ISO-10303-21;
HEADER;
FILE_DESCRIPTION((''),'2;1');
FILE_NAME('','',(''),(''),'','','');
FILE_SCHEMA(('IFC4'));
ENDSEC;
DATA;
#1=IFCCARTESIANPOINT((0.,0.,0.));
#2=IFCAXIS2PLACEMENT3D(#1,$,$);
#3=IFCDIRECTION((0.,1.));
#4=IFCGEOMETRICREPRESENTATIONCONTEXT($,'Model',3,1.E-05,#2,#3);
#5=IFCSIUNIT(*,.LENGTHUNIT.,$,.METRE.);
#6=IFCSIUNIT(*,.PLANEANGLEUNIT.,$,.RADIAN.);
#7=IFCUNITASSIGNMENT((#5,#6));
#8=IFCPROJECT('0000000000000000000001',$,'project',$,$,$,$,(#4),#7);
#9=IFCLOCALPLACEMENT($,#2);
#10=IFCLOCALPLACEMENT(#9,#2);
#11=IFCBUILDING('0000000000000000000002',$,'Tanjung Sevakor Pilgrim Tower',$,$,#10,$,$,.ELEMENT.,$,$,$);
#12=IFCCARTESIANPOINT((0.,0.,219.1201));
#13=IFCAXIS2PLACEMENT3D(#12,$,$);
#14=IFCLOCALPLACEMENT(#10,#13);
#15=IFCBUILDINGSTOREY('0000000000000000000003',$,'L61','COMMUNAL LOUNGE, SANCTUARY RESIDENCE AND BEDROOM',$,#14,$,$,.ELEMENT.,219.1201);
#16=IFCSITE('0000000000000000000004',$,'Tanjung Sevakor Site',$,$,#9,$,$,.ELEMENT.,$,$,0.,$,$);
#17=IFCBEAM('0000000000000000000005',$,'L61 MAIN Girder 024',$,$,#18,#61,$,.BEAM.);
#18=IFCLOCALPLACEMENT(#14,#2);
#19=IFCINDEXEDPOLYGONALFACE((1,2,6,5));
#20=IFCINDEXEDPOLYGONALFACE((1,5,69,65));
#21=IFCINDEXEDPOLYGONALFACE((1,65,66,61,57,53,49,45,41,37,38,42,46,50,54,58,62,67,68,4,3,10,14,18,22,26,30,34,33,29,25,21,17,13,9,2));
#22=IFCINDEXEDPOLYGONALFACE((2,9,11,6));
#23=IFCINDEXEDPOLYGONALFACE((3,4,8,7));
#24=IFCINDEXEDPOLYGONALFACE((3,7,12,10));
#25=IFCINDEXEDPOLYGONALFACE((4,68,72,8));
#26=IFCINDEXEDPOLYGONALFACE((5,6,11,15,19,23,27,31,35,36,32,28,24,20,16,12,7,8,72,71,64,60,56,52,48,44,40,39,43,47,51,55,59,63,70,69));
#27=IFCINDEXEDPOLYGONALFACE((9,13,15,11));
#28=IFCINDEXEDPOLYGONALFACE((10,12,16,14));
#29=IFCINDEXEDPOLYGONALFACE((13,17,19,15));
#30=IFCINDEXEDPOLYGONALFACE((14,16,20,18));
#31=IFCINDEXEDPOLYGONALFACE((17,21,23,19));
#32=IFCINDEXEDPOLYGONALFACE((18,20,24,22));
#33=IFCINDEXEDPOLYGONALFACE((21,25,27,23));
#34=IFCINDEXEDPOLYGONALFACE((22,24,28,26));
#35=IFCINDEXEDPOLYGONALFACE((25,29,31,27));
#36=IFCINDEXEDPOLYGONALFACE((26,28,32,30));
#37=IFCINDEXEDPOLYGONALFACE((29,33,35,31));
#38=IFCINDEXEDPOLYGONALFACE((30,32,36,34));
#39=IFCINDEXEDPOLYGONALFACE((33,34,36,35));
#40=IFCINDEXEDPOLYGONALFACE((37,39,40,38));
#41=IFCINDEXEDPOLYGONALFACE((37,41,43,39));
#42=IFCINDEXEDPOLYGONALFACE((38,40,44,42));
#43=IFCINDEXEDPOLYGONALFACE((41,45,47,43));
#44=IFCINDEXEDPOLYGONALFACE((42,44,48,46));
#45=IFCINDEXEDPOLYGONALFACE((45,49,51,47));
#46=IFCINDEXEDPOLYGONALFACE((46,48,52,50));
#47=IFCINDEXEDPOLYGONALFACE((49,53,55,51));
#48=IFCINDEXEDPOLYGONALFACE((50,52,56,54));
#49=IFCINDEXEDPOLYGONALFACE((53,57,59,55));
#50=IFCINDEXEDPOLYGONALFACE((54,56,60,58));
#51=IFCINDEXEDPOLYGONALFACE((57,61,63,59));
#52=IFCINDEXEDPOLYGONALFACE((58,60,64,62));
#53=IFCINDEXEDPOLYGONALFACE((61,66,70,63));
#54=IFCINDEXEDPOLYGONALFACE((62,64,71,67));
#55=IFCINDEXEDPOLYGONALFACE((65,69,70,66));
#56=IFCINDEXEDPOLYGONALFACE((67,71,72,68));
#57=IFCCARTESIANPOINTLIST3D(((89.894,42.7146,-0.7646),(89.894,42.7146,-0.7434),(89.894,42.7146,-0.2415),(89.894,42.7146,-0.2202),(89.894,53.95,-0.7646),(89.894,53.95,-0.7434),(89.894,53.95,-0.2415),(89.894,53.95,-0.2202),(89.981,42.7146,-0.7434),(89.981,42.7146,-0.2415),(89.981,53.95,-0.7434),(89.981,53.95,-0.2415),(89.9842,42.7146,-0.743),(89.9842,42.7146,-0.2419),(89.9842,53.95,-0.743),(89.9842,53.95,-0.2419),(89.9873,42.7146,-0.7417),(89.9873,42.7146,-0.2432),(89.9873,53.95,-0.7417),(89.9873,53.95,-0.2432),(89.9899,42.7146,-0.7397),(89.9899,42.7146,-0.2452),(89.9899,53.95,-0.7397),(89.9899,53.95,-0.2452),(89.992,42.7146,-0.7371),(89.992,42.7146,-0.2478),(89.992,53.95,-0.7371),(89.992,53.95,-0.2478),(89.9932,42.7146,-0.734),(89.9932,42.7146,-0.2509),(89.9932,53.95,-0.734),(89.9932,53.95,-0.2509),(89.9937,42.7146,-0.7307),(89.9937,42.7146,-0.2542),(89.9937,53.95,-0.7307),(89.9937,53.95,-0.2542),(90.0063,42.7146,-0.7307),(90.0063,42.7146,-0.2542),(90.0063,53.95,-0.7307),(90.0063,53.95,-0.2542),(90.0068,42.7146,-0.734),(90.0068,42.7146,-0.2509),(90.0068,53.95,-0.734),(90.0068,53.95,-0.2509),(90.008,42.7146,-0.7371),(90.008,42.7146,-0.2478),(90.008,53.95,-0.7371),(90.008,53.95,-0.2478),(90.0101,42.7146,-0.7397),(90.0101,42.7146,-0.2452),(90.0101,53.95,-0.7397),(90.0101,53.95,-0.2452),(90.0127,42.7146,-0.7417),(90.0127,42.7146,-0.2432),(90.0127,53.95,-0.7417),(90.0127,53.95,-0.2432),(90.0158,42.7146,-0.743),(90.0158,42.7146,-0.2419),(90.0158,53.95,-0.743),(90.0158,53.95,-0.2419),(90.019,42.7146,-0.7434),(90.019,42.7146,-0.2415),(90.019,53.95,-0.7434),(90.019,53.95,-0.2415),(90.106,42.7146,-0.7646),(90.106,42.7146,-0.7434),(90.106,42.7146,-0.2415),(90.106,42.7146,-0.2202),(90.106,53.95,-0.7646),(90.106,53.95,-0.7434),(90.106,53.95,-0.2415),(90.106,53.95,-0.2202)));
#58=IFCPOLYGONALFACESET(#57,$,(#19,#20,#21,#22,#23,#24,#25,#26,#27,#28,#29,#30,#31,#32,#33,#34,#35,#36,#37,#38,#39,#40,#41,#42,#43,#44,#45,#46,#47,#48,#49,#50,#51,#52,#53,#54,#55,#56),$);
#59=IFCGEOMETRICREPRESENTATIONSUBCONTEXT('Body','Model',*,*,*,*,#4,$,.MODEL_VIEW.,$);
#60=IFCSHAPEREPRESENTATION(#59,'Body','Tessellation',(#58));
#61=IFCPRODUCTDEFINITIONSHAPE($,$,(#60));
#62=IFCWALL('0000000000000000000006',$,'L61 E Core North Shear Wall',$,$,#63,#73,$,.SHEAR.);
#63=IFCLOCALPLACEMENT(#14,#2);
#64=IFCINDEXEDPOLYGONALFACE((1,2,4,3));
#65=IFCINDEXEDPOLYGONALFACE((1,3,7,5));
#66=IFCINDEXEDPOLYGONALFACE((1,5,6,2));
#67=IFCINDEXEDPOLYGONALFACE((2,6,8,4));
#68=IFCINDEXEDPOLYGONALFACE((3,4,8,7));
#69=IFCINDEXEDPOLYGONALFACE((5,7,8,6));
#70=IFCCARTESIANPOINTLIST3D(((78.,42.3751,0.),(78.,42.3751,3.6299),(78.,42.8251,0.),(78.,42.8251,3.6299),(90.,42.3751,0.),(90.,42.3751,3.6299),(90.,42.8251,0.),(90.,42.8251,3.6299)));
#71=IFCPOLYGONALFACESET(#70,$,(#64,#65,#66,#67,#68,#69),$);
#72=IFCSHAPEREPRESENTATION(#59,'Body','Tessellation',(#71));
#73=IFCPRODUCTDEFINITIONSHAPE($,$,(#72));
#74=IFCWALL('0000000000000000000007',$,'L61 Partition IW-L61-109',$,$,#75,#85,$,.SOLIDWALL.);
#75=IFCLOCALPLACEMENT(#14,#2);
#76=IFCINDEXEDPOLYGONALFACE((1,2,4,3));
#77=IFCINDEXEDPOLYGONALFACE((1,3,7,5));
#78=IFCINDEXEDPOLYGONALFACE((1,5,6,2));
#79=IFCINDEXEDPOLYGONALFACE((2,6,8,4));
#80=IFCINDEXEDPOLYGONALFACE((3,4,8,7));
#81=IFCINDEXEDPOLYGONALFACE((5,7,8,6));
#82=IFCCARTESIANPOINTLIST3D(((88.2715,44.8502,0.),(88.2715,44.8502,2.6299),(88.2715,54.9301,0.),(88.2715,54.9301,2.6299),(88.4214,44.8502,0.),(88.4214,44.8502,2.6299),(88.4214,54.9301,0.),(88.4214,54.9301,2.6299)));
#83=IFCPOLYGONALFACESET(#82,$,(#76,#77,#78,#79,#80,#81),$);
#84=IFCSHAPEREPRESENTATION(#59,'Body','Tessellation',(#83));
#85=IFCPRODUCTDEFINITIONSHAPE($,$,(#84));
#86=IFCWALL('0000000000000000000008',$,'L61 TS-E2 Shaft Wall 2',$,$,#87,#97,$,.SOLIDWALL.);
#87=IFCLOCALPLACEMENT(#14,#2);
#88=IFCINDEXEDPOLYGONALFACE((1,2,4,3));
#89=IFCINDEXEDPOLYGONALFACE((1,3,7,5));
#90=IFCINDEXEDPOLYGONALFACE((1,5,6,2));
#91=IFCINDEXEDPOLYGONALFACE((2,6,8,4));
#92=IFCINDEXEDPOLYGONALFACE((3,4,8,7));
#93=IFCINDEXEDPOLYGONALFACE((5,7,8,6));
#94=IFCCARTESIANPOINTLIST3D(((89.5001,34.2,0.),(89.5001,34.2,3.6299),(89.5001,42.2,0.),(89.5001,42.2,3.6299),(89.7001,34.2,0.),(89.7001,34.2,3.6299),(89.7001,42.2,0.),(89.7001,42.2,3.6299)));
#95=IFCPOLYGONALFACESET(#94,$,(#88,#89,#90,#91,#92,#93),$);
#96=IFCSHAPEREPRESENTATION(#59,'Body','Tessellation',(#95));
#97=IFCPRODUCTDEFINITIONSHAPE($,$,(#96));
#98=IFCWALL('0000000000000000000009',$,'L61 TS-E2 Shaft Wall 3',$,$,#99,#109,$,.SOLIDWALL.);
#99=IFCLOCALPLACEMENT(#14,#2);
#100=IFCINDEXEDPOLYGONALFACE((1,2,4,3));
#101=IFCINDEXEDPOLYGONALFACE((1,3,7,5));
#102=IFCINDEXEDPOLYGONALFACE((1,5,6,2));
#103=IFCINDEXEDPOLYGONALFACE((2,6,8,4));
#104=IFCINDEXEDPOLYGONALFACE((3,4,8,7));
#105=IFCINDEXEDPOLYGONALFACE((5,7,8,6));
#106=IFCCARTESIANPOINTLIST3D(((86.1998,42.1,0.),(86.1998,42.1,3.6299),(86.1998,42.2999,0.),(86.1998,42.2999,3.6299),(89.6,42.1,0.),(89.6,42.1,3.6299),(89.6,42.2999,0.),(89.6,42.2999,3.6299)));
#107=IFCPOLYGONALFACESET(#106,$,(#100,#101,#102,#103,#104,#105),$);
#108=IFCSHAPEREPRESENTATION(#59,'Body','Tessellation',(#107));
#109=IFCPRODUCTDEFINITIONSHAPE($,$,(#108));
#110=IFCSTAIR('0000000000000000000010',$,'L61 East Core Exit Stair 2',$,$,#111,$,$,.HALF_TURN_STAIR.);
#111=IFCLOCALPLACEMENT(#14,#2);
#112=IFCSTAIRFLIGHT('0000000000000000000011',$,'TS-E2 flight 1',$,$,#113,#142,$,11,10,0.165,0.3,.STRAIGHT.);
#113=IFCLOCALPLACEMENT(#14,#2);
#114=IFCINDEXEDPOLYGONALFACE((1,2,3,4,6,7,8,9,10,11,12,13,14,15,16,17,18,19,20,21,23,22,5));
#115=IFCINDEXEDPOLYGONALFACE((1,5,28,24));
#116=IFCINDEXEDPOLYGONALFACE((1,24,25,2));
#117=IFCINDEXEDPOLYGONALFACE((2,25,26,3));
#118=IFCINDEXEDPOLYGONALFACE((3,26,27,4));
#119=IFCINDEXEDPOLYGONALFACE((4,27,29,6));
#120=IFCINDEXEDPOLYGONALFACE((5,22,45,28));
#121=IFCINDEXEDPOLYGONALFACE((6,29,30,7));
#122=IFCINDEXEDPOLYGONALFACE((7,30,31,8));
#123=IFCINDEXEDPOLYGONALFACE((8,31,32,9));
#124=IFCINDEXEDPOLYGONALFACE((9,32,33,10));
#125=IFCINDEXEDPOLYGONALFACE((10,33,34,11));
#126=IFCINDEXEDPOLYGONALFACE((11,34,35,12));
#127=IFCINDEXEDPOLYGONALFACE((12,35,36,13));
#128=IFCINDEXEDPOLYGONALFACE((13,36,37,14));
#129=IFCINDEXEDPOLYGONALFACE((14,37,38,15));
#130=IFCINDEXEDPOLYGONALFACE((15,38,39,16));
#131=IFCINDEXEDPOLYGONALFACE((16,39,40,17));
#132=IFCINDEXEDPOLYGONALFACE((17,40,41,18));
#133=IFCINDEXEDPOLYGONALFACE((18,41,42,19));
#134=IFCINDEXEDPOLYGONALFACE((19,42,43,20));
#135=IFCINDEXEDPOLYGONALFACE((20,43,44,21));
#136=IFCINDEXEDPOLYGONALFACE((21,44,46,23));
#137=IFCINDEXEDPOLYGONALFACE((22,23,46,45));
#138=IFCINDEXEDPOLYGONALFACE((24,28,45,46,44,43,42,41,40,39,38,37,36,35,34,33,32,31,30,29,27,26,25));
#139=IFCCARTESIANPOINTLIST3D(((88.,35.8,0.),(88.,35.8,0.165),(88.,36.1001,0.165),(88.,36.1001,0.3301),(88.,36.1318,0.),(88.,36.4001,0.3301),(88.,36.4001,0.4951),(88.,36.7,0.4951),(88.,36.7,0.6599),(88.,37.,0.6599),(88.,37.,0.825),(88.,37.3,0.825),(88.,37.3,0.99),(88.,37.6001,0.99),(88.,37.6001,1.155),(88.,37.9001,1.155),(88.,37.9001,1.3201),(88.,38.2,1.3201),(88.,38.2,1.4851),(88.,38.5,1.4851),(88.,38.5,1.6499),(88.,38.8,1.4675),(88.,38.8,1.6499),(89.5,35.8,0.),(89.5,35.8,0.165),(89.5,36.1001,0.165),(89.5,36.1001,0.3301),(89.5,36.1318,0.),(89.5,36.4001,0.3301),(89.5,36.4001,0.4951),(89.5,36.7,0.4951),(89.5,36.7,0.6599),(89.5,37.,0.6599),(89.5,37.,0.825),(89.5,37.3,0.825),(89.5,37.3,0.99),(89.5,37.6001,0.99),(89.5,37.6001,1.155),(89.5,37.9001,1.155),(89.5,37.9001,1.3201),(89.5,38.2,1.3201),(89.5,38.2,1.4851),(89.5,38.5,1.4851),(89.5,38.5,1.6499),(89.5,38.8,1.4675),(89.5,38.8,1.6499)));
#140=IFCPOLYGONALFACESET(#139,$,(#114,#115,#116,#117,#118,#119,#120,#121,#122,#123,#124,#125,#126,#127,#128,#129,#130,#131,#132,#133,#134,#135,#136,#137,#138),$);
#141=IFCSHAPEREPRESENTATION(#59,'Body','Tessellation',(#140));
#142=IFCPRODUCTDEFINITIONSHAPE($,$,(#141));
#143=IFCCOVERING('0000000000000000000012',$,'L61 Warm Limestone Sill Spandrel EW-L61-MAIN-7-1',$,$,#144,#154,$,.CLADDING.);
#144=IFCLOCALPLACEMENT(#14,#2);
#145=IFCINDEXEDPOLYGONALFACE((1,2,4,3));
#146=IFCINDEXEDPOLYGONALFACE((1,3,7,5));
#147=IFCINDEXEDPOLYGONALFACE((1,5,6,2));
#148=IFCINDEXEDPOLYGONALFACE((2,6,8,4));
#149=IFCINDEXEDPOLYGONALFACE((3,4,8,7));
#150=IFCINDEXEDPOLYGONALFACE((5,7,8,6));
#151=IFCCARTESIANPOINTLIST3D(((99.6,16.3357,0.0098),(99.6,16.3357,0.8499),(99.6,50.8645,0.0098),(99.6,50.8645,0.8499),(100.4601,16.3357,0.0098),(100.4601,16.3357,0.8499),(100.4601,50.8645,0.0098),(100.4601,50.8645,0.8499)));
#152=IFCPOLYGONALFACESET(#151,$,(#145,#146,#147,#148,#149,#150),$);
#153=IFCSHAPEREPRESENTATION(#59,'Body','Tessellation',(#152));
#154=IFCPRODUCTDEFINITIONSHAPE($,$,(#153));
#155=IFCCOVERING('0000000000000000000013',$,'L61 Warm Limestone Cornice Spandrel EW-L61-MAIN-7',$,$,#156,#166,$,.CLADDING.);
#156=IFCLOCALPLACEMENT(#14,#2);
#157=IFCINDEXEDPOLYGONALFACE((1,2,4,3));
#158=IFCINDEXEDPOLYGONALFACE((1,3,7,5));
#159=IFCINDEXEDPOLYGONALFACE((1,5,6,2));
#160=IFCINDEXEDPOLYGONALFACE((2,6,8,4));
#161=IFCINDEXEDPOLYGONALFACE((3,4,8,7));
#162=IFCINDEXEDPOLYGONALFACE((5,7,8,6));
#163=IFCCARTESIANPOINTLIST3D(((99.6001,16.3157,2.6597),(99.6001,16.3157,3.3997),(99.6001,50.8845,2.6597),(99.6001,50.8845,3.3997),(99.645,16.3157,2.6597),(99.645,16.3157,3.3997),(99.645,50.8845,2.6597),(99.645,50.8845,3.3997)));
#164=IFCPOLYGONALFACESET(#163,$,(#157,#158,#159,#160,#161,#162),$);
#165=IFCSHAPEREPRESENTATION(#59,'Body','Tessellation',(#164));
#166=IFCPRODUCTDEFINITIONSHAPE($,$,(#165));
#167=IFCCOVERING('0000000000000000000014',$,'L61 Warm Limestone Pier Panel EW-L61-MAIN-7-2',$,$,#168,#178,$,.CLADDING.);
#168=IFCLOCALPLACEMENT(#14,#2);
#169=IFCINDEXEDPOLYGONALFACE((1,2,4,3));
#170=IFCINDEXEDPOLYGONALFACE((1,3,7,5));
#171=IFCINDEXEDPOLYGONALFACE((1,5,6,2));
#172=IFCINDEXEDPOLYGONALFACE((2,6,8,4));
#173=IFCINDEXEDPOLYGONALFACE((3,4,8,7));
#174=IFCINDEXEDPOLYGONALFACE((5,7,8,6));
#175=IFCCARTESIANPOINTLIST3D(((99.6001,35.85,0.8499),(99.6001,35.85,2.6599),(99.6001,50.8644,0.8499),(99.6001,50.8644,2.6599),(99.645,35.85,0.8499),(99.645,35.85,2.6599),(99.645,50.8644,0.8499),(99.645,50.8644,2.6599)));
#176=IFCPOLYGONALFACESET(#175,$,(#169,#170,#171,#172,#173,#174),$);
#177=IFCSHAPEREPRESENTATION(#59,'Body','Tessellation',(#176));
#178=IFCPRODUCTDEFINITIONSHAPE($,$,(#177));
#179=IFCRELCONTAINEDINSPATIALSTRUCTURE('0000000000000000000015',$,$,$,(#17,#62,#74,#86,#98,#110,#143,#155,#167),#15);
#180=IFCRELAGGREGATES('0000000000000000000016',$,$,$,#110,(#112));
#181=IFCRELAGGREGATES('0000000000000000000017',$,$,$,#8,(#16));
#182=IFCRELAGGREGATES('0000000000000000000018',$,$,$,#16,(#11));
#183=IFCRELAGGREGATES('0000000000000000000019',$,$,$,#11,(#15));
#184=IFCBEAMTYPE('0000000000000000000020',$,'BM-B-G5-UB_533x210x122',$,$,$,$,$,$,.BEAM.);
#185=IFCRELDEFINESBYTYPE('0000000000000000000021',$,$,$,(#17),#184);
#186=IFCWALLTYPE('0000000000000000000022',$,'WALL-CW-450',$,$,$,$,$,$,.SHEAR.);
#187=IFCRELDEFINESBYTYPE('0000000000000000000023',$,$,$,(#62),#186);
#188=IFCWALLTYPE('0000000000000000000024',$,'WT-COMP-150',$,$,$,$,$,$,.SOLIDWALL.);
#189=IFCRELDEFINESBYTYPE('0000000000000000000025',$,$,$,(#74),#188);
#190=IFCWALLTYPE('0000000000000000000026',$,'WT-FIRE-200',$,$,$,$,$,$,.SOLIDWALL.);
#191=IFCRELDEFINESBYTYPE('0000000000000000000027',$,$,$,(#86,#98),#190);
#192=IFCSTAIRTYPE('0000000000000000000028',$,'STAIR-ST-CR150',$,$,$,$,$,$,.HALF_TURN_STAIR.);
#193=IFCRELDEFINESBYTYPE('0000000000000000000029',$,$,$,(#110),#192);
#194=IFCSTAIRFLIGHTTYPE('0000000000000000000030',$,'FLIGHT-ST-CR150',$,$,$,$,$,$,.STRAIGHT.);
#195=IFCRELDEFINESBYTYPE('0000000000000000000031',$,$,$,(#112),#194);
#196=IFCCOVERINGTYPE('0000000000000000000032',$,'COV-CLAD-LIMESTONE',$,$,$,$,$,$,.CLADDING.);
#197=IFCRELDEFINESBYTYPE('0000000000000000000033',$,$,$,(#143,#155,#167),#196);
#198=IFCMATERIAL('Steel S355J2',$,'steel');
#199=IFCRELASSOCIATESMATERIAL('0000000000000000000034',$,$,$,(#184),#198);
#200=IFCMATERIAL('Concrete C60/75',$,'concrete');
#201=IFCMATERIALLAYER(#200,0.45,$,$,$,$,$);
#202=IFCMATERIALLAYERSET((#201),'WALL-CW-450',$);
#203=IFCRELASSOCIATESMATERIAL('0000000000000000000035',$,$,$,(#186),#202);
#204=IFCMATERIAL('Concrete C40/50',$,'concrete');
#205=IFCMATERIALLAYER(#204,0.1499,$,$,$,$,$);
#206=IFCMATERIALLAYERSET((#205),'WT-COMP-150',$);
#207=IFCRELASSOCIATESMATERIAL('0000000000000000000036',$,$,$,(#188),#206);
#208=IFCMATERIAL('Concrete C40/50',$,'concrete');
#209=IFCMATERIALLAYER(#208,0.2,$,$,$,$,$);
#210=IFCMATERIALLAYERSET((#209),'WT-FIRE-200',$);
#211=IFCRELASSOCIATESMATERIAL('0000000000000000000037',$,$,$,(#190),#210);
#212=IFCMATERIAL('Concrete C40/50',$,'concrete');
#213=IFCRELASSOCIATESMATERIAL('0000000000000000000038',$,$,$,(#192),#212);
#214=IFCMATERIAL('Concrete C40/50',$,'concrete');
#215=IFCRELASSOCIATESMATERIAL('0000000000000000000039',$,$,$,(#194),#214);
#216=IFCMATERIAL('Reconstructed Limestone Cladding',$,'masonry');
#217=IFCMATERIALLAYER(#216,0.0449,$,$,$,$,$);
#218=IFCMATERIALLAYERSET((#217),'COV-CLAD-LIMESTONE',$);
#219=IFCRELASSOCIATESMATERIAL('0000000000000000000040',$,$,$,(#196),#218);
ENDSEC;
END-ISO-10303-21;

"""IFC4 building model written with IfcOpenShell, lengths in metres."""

from ifc_helpers import new_model, si_unit, direction, frame, frame_2d, origin, origin_2d, place, context, subcontext, project, spatial, polyline, rectangle, i_section, outline, extrude, material, layer, layer_set, material_profile, profile_set, type_object, element, aggregate, save


model = new_model("IFC4")

# Units and contexts
model_context = context("Model", 3, precision=1e-05, world=origin(), true_north=direction((0.0, 1.0)))
body_context = subcontext(model_context, "Body", "Model", "MODEL_VIEW")
ifc_project = project(units=[si_unit("LENGTHUNIT", "METRE"), si_unit("PLANEANGLEUNIT", "RADIAN")], contexts=[model_context])

# Site, building, storey
site_placement = place(None, origin())
site = spatial("IfcSite", under=ifc_project, at=site_placement, Name="Tanjung Sevakor Site", CompositionType="ELEMENT", RefElevation=0.0)
building_placement = place(site_placement, origin())
building = spatial("IfcBuilding", under=site, at=building_placement, Name="Tanjung Sevakor Pilgrim Tower", CompositionType="ELEMENT")
storey_placement = place(building_placement, frame((0.0, 0.0, 219.1201)))
storey = spatial("IfcBuildingStorey", under=building, at=storey_placement, Name="L61", Description="COMMUNAL LOUNGE, SANCTUARY RESIDENCE AND BEDROOM", CompositionType="ELEMENT", Elevation=219.1201)

# Beam
ifc_material_1 = material(Name="Steel S355J2", Category="steel")
ifc_material_profile = material_profile(ifc_material_1, i_section(OverallWidth=0.2119, OverallDepth=0.5444, WebThickness=0.0127, FlangeThickness=0.0212, FilletRadius=0.0127, at=origin_2d()))
ifc_profile_set = profile_set([ifc_material_profile], Name="Steel S355J2")
beam_type = type_object("IfcBeamType", Name="BM-B-G5-UB_533x210x122", PredefinedType="BEAM", material=ifc_profile_set)
beam_placement = place(storey_placement, frame((90.0, 42.7146, -0.4924), z_axis=(0.0, 1.0, 0.0), x_axis=(-1.0, 0.0, 0.0)))
element("IfcBeam", 1, at=beam_placement, inside=storey, type_object=beam_type, Name="L61 MAIN Girder 024", PredefinedType="BEAM", context=body_context, shape_type="SweptSolid", body=[
    extrude(i_section(OverallWidth=0.2119, OverallDepth=0.5444, WebThickness=0.0127, FlangeThickness=0.0212, FilletRadius=0.0127, at=origin_2d()), origin(), (0.0, 0.0, 1.0), 11.2354),
])

# Walls
ifc_material_2 = material(Name="Concrete C60/75", Category="concrete")
ifc_layer_1 = layer(ifc_material_2, 0.45)
ifc_layer_set_1 = layer_set([ifc_layer_1], Name="WALL-CW-450")
wall_type_1 = type_object("IfcWallType", Name="WALL-CW-450", PredefinedType="SHEAR", material=ifc_layer_set_1)
wall_1_placement = place(storey_placement, frame((90.0, 42.6001, 0.0), z_axis=(0.0, 0.0, 1.0), x_axis=(-1.0, 0.0, 0.0)))
element("IfcWall", 2, at=wall_1_placement, inside=storey, type_object=wall_type_1, Name="L61 E Core North Shear Wall", PredefinedType="SHEAR", context=body_context, shape_type="SweptSolid", body=[
    extrude(rectangle(XDim=12.0, YDim=0.45, at=frame_2d((6.0, 0.0))), origin(), (0.0, 0.0, 1.0), 3.6299),
])
ifc_material_3 = material(Name="Concrete C40/50", Category="concrete")
ifc_layer_2 = layer(ifc_material_3, 0.1499)
ifc_layer_set_2 = layer_set([ifc_layer_2], Name="WT-COMP-150")
wall_type_2 = type_object("IfcWallType", Name="WT-COMP-150", PredefinedType="SOLIDWALL", material=ifc_layer_set_2)
wall_2_placement = place(storey_placement, frame((88.3464, 44.8501, 0.0), z_axis=(0.0, 0.0, 1.0), x_axis=(0.0, 1.0, 0.0)))
element("IfcWall", 3, at=wall_2_placement, inside=storey, type_object=wall_type_2, Name="L61 Partition IW-L61-109", PredefinedType="SOLIDWALL", context=body_context, shape_type="SweptSolid", body=[
    extrude(rectangle(XDim=10.0798, YDim=0.1499, at=frame_2d((5.04, 0.0))), origin(), (0.0, 0.0, 1.0), 2.6299),
])
ifc_material_4 = material(Name="Concrete C40/50", Category="concrete")
ifc_layer_3 = layer(ifc_material_4, 0.2)
ifc_layer_set_3 = layer_set([ifc_layer_3], Name="WT-FIRE-200")
wall_type_3 = type_object("IfcWallType", Name="WT-FIRE-200", PredefinedType="SOLIDWALL", material=ifc_layer_set_3)
wall_3_placement = place(storey_placement, frame((89.6001, 34.2, 0.0), z_axis=(0.0, 0.0, 1.0), x_axis=(0.0, 1.0, 0.0)))
element("IfcWall", 4, at=wall_3_placement, inside=storey, type_object=wall_type_3, Name="L61 TS-E2 Shaft Wall 2", PredefinedType="SOLIDWALL", context=body_context, shape_type="SweptSolid", body=[
    extrude(rectangle(XDim=8.0, YDim=0.2, at=frame_2d((4.0, 0.0))), origin(), (0.0, 0.0, 1.0), 3.6299),
])
wall_4_placement = place(storey_placement, frame((89.6001, 42.2, 0.0), z_axis=(0.0, 0.0, 1.0), x_axis=(-1.0, 0.0, 0.0)))
element("IfcWall", 5, at=wall_4_placement, inside=storey, type_object=wall_type_3, Name="L61 TS-E2 Shaft Wall 3", PredefinedType="SOLIDWALL", context=body_context, shape_type="SweptSolid", body=[
    extrude(rectangle(XDim=3.4001, YDim=0.2, at=frame_2d((1.7002, 0.0))), origin(), (0.0, 0.0, 1.0), 3.6299),
])

# Stair, stair flight
ifc_material_5 = material(Name="Concrete C40/50", Category="concrete")
stair_type = type_object("IfcStairType", Name="STAIR-ST-CR150", PredefinedType="HALF_TURN_STAIR", material=ifc_material_5)
stair_placement = place(storey_placement, origin())
stair = element("IfcStair", 6, at=stair_placement, inside=storey, type_object=stair_type, Name="L61 East Core Exit Stair 2", PredefinedType="HALF_TURN_STAIR")
ifc_material_6 = material(Name="Concrete C40/50", Category="concrete")
stair_flight_type = type_object("IfcStairFlightType", Name="FLIGHT-ST-CR150", PredefinedType="STRAIGHT", material=ifc_material_6)
stair_flight_placement = place(storey_placement, frame((88.75, 35.8, 0.0), z_axis=(0.0, 0.0, 1.0), x_axis=(0.0, 1.0, 0.0)))
stair_flight = element("IfcStairFlight", 7, at=stair_flight_placement, type_object=stair_flight_type, Name="TS-E2 flight 1", NumberOfRisers=11, NumberOfTreads=10, PredefinedType="STRAIGHT", RiserHeight=0.165, TreadLength=0.3, context=body_context, shape_type="SweptSolid", body=[
    extrude(outline(polyline([(0.0, 0.0), (0.0, 0.165), (0.3, 0.165), (0.3, 0.3301), (0.6001, 0.3301), (0.6001, 0.4951), (0.8999, 0.4951), (0.8999, 0.6599), (1.2, 0.6599), (1.2, 0.825), (1.5, 0.825), (1.5, 0.99), (1.8, 0.99), (1.8, 1.155), (2.1001, 1.155), (2.1001, 1.3201), (2.3999, 1.3201), (2.3999, 1.4851), (2.7, 1.4851), (2.7, 1.6499), (3.0, 1.6499), (3.0, 1.8149), (3.0, 1.4675), (0.3318, 0.0), (0.0, 0.0)])), frame((0.0, 0.75, 0.0), z_axis=(0.0, -1.0, 0.0), x_axis=(1.0, 0.0, 0.0)), (0.0, 0.0, 1.0), 1.5),
])
aggregate(stair, [stair_flight])

# Coverings
ifc_material_7 = material(Name="Reconstructed Limestone Cladding", Category="masonry")
ifc_layer_4 = layer(ifc_material_7, 0.0449)
ifc_layer_set_4 = layer_set([ifc_layer_4], Name="COV-CLAD-LIMESTONE")
covering_type = type_object("IfcCoveringType", Name="COV-CLAD-LIMESTONE", PredefinedType="CLADDING", material=ifc_layer_set_4)
covering_1_placement = place(storey_placement, frame((100.03, 33.6001, 0.0098), z_axis=(0.0, 0.0, 1.0), x_axis=(0.0, 1.0, 0.0)))
element("IfcCovering", 8, at=covering_1_placement, inside=storey, type_object=covering_type, Name="L61 Warm Limestone Sill Spandrel EW-L61-MAIN-7-1", PredefinedType="CLADDING", context=body_context, shape_type="SweptSolid", body=[
    extrude(rectangle(XDim=34.5288, YDim=0.8601, at=origin_2d()), origin(), (0.0, 0.0, 1.0), 0.8401),
])
covering_2_placement = place(storey_placement, frame((99.6226, 33.6001, 2.6597), z_axis=(0.0, 0.0, 1.0), x_axis=(0.0, 1.0, 0.0)))
element("IfcCovering", 9, at=covering_2_placement, inside=storey, type_object=covering_type, Name="L61 Warm Limestone Cornice Spandrel EW-L61-MAIN-7", PredefinedType="CLADDING", context=body_context, shape_type="SweptSolid", body=[
    extrude(rectangle(XDim=34.5688, YDim=0.0449, at=origin_2d()), origin(), (0.0, 0.0, 1.0), 0.74),
])
covering_3_placement = place(storey_placement, frame((99.6226, 43.3572, 0.8499), z_axis=(0.0, 0.0, 1.0), x_axis=(0.0, 1.0, 0.0)))
element("IfcCovering", 10, at=covering_3_placement, inside=storey, type_object=covering_type, Name="L61 Warm Limestone Pier Panel EW-L61-MAIN-7-2", PredefinedType="CLADDING", context=body_context, shape_type="SweptSolid", body=[
    extrude(rectangle(XDim=15.0144, YDim=0.0449, at=origin_2d()), origin(), (0.0, 0.0, 1.0), 1.8101),
])

save(model, "model.ifc")
